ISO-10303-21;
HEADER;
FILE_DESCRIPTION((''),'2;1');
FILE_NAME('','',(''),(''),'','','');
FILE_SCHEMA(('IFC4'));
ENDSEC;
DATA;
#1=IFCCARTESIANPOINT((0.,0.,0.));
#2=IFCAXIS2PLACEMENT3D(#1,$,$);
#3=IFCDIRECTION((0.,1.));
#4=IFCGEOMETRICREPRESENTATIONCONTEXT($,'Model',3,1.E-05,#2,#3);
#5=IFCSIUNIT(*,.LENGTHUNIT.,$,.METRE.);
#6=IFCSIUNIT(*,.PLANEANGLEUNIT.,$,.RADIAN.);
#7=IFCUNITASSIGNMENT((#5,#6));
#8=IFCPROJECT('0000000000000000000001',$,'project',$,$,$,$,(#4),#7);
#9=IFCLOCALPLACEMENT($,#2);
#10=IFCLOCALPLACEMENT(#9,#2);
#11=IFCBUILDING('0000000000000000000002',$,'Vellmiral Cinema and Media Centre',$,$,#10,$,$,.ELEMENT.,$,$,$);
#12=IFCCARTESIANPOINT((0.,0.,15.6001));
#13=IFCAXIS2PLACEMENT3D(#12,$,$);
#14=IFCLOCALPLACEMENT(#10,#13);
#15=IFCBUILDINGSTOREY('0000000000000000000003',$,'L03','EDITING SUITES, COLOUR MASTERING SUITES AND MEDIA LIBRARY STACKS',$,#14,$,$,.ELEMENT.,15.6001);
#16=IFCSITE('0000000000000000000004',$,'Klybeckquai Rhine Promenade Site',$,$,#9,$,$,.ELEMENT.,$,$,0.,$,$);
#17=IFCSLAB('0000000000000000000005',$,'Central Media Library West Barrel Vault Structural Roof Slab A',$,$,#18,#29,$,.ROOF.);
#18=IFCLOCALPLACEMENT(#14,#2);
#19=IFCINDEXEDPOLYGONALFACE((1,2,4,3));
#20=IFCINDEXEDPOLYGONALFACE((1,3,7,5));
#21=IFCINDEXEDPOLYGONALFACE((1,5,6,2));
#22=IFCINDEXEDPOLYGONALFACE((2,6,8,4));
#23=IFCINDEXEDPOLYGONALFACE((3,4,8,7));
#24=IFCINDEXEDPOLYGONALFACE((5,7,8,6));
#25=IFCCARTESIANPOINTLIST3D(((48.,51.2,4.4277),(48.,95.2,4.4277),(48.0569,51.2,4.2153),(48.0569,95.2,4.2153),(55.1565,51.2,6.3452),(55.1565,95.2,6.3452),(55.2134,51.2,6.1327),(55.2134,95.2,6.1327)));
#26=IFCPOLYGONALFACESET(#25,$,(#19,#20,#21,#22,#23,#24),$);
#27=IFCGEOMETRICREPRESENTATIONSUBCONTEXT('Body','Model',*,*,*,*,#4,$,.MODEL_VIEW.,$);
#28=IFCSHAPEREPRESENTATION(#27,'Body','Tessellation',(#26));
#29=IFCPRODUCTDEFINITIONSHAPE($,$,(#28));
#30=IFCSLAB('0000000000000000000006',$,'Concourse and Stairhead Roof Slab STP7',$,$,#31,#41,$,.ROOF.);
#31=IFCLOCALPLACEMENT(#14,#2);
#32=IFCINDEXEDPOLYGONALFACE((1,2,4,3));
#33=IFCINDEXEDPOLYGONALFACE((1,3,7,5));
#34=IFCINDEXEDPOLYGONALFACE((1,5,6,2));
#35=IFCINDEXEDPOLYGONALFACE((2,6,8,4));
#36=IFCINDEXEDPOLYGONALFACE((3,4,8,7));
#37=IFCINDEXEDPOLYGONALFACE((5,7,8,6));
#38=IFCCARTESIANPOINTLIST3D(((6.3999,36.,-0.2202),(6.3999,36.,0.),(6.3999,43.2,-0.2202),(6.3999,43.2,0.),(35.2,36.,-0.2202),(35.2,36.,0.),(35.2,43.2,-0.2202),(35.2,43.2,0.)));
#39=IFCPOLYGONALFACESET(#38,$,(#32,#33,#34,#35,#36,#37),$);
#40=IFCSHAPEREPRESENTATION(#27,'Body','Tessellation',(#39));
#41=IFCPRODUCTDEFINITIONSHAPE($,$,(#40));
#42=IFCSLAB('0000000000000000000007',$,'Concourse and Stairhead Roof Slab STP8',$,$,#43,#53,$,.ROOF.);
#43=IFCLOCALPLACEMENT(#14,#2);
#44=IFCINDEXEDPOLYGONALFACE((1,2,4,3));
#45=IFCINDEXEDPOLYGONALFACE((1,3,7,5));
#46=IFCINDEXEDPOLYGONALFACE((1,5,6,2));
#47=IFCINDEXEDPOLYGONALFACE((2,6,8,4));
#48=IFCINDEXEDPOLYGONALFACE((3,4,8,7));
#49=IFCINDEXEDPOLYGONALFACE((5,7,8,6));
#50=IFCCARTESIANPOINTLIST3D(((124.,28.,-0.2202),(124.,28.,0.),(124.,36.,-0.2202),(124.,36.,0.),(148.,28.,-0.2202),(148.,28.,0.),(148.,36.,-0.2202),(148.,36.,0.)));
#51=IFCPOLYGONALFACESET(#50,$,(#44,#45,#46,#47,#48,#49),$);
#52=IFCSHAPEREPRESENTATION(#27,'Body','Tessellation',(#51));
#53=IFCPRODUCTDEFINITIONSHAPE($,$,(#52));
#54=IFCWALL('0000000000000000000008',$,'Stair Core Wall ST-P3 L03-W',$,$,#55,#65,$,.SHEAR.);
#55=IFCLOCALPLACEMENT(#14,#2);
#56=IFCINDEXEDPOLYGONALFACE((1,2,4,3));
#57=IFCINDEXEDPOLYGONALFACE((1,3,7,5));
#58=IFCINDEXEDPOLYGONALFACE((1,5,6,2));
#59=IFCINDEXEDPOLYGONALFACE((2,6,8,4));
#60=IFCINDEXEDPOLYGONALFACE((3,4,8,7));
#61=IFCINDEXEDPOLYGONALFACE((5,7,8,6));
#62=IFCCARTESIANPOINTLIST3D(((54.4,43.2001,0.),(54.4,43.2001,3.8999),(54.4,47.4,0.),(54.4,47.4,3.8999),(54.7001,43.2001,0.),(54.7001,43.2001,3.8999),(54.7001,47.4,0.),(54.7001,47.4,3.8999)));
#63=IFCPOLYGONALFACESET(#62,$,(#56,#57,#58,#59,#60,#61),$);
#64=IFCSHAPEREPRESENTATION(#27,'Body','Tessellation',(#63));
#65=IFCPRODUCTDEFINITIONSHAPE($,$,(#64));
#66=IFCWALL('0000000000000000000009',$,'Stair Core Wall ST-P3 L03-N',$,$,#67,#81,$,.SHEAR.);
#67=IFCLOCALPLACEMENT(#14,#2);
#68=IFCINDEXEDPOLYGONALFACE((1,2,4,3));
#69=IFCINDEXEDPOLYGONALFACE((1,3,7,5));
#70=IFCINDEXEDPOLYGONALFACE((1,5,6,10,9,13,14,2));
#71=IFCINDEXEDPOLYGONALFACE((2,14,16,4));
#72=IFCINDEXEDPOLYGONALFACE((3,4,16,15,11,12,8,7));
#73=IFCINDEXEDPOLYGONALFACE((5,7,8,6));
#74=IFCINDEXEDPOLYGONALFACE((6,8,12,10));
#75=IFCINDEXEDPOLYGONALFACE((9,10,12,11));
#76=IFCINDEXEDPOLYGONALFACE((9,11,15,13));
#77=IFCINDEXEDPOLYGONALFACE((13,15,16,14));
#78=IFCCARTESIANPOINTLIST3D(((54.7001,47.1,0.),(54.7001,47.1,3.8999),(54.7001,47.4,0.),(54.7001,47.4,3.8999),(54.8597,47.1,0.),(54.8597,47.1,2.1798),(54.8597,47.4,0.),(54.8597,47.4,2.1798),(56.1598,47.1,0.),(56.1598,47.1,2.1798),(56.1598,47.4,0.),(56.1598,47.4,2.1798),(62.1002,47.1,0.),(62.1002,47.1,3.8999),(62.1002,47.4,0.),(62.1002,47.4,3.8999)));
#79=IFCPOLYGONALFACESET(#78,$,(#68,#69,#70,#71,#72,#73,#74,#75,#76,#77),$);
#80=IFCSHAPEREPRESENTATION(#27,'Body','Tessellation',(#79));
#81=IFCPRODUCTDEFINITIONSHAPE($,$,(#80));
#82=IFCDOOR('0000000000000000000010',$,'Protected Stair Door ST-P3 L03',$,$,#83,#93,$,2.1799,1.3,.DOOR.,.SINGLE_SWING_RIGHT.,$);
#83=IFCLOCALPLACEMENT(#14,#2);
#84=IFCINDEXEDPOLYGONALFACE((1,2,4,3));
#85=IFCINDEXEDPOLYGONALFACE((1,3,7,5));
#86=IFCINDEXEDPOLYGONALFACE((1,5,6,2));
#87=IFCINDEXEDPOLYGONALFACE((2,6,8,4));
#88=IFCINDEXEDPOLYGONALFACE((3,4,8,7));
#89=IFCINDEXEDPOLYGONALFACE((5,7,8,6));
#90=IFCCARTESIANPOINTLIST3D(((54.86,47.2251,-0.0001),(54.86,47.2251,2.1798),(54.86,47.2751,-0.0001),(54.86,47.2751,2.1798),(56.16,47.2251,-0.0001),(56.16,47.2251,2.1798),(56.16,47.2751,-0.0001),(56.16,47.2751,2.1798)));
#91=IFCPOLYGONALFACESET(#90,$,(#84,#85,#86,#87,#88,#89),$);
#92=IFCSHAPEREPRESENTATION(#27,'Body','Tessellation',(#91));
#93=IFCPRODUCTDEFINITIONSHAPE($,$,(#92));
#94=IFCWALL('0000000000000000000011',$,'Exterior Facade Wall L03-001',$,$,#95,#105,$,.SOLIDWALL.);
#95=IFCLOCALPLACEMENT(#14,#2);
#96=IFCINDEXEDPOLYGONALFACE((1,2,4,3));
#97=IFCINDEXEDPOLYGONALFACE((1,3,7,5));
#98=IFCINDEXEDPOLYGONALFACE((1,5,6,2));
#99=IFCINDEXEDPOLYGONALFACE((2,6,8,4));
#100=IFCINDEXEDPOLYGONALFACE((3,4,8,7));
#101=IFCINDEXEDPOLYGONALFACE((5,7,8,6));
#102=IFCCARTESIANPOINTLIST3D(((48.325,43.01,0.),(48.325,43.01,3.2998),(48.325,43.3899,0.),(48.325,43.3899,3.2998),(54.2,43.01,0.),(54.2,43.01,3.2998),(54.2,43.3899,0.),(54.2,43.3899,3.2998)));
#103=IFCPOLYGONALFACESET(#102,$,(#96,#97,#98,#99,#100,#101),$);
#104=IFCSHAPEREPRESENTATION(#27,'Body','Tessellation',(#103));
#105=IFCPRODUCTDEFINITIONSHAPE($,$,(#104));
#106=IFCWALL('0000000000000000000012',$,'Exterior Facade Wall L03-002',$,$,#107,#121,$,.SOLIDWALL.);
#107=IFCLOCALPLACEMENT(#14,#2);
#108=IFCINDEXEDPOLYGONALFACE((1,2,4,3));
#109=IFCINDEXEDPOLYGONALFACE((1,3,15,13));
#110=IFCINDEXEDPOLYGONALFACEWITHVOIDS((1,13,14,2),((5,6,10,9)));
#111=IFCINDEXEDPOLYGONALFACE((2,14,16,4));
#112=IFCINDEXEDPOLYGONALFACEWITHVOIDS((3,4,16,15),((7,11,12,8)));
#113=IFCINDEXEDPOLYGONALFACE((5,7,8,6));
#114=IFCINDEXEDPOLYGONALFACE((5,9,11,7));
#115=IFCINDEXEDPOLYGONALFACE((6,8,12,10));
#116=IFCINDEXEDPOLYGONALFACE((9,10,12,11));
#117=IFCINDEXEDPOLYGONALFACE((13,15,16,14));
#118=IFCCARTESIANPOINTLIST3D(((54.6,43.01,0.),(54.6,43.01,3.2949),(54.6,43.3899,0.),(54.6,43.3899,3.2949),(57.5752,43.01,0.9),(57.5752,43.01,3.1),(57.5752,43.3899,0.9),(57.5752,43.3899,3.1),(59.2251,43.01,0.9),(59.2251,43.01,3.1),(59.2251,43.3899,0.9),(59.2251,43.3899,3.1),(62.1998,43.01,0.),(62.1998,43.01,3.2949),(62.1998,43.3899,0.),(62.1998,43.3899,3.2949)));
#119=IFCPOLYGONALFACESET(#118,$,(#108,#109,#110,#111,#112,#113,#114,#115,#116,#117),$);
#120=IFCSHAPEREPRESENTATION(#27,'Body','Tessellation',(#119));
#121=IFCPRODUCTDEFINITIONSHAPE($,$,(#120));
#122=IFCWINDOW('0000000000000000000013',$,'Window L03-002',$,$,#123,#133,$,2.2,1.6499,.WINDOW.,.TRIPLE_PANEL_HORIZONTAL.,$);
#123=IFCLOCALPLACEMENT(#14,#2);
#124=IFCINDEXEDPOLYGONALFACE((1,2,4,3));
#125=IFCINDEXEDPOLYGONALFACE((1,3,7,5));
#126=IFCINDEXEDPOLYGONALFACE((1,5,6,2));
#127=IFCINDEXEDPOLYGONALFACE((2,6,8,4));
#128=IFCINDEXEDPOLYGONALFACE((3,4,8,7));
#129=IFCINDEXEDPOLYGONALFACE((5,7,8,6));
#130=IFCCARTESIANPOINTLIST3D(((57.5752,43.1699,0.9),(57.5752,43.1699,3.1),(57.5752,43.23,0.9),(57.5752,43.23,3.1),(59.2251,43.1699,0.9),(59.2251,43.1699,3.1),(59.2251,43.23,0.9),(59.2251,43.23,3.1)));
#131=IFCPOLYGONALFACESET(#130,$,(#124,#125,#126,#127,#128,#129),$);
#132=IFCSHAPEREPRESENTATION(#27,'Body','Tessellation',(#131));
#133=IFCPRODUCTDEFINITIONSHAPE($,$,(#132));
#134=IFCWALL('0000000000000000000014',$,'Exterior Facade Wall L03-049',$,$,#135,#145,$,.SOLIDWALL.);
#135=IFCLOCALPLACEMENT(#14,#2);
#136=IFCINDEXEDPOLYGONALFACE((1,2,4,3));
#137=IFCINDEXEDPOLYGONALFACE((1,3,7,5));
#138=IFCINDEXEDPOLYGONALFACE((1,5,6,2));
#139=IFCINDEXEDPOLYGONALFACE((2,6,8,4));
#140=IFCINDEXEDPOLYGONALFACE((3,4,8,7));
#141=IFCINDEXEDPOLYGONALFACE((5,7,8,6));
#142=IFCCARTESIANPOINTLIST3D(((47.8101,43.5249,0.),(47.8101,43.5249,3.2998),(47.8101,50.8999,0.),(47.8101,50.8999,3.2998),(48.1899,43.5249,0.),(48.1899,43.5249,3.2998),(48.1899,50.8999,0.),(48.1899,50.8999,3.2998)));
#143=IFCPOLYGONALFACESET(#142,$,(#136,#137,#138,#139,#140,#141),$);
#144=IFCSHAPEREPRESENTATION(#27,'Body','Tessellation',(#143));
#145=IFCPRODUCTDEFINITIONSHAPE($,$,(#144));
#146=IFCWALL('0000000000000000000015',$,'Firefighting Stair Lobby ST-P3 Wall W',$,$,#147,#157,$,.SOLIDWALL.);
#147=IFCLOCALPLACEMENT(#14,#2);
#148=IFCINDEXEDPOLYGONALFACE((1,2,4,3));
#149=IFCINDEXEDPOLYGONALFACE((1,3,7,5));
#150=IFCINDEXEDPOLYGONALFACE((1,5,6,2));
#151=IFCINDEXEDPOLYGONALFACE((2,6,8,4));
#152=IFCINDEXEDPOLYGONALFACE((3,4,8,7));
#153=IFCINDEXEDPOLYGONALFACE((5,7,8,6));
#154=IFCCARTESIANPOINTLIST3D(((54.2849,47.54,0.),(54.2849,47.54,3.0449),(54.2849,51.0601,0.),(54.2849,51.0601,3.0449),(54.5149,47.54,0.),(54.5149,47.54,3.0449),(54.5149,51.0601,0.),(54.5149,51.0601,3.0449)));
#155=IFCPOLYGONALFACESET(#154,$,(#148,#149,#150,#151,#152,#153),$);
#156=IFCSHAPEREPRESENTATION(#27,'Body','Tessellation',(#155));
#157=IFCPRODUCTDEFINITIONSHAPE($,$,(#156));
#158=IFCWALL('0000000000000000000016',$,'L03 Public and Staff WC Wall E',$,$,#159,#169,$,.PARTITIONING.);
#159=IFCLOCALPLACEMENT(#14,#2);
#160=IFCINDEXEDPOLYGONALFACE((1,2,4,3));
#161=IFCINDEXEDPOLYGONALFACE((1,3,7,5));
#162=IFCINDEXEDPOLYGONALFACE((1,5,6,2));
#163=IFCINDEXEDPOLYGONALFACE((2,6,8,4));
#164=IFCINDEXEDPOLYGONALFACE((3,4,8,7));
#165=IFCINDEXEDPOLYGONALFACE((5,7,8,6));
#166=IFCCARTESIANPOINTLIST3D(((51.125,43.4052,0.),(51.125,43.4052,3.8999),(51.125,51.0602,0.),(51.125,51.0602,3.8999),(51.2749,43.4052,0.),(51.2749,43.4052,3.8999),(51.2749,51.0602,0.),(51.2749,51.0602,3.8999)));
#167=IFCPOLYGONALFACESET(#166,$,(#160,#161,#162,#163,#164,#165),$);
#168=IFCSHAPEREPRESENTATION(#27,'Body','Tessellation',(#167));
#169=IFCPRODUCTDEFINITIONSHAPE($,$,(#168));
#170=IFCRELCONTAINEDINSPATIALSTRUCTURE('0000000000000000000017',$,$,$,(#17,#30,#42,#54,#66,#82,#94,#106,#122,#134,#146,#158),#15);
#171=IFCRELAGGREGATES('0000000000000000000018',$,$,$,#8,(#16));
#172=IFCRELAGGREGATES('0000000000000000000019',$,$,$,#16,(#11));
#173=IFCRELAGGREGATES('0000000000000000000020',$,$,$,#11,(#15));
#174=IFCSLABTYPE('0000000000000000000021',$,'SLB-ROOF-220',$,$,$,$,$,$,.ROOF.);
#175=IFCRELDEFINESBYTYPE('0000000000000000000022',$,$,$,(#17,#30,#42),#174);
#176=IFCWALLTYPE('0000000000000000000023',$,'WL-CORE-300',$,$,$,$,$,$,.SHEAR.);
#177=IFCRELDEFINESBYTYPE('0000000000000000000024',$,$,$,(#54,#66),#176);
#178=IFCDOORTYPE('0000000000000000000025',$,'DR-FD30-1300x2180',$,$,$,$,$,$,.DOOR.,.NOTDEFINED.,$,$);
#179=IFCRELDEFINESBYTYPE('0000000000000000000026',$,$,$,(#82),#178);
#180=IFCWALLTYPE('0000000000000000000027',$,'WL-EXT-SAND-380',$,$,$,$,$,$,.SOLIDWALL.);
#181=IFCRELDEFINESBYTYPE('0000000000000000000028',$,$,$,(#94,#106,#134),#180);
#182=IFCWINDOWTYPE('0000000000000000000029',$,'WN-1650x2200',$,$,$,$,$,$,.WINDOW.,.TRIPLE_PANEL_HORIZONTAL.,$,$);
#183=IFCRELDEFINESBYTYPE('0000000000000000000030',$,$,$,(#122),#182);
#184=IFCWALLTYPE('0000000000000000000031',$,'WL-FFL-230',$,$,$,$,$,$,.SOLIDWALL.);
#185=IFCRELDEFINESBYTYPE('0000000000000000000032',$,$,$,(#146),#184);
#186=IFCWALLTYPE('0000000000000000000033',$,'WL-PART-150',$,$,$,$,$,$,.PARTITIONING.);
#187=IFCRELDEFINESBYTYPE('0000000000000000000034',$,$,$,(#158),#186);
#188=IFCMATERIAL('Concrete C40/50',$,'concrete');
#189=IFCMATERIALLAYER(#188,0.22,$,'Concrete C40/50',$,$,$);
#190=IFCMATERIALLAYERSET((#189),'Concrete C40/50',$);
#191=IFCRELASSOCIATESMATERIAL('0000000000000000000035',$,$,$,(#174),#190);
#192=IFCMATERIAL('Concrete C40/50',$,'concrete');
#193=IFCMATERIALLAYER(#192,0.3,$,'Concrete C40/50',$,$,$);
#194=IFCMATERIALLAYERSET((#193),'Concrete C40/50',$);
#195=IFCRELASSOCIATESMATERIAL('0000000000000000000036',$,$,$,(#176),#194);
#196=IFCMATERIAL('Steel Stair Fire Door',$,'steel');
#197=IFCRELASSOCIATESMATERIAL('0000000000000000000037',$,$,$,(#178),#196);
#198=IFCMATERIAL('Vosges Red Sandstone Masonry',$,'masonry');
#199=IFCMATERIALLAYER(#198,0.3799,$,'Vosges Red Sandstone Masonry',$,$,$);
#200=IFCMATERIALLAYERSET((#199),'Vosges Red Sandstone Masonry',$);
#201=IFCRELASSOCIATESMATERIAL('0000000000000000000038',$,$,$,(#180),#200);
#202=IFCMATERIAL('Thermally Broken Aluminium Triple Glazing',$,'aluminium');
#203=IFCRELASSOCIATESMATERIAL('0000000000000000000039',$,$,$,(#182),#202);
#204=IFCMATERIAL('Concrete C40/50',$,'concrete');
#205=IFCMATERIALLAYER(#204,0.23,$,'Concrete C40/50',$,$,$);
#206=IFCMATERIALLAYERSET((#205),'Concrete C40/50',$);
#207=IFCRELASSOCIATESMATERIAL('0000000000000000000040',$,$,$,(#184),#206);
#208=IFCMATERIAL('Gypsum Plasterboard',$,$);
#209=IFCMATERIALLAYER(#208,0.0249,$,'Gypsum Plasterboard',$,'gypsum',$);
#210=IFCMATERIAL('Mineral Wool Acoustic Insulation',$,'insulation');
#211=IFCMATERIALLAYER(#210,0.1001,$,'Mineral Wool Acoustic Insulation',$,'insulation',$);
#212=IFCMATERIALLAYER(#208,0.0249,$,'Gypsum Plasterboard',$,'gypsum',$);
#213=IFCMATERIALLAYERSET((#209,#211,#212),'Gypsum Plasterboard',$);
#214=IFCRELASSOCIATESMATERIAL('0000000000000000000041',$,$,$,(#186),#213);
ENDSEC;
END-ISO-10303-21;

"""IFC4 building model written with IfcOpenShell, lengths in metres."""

from ifc_helpers import new_model, si_unit, direction, frame, frame_2d, origin, place, context, subcontext, project, spatial, polyline, rectangle, outline, extrude, material, layer, layer_set, type_object, element, fill, save


model = new_model("IFC4")

# Units and contexts
model_context = context("Model", 3, precision=1e-05, world=origin(), true_north=direction((0.0, 1.0)))
body_context = subcontext(model_context, "Body", "Model", "MODEL_VIEW")
ifc_project = project(units=[si_unit("LENGTHUNIT", "METRE"), si_unit("PLANEANGLEUNIT", "RADIAN")], contexts=[model_context])

# Site, building, storey
site_placement = place(None, origin())
site = spatial("IfcSite", under=ifc_project, at=site_placement, Name="Klybeckquai Rhine Promenade Site", CompositionType="ELEMENT", RefElevation=0.0)
building_placement = place(site_placement, origin())
building = spatial("IfcBuilding", under=site, at=building_placement, Name="Vellmiral Cinema and Media Centre", CompositionType="ELEMENT")
storey_placement = place(building_placement, frame((0.0, 0.0, 15.6001)))
storey = spatial("IfcBuildingStorey", under=building, at=storey_placement, Name="L03", Description="EDITING SUITES, COLOUR MASTERING SUITES AND MEDIA LIBRARY STACKS", CompositionType="ELEMENT", Elevation=15.6001)

# Shared definitions
ifc_material_1 = material(Name="Concrete C40/50", Category="concrete")
ifc_layer_1 = layer(ifc_material_1, 0.22, Name="Concrete C40/50")
ifc_layer_set_1 = layer_set([ifc_layer_1], Name="Concrete C40/50")
slab_type_1 = type_object("IfcSlabType", Name="SLB-ROOF-220", PredefinedType="ROOF", material=ifc_layer_set_1)

# Slabs
slab_1_placement = place(storey_placement, frame((48.0, 51.2, 4.4277), z_axis=(-0.258807, 0.0, 0.965929), x_axis=(0.965929, 0.0, 0.258807)))
element("IfcSlab", 1, at=slab_1_placement, inside=storey, type_object=slab_type_1, Name="Central Media Library West Barrel Vault Structural Roof Slab A", PredefinedType="ROOF", context=body_context, shape_type="SweptSolid", body=[
    extrude(outline(polyline([(0.0, 0.0), (7.4089, 0.0), (7.4089, 44.0), (0.0, 44.0), (0.0, 0.0)])), origin(), (0.0, 0.0, -1.0), 0.22),
])
slab_2_placement = place(storey_placement, frame((0.0, 0.0, -0.2202)))
element("IfcSlab", 2, at=slab_2_placement, inside=storey, type_object=slab_type_1, Name="Concourse and Stairhead Roof Slab STP7", PredefinedType="ROOF", context=body_context, shape_type="SweptSolid", body=[
    extrude(outline(polyline([(6.3999, 36.0), (35.2, 36.0), (35.2, 43.2), (6.3999, 43.2), (6.3999, 36.0)])), origin(), (0.0, 0.0, 1.0), 0.2202),
])
slab_3_placement = place(storey_placement, frame((0.0, 0.0, -0.2202)))
element("IfcSlab", 3, at=slab_3_placement, inside=storey, type_object=slab_type_1, Name="Concourse and Stairhead Roof Slab STP8", PredefinedType="ROOF", context=body_context, shape_type="SweptSolid", body=[
    extrude(outline(polyline([(124.0, 28.0), (148.0, 28.0), (148.0, 36.0), (124.0, 36.0), (124.0, 28.0)])), origin(), (0.0, 0.0, 1.0), 0.2202),
])

# Wall
ifc_material_2 = material(Name="Concrete C40/50", Category="concrete")
ifc_layer_2 = layer(ifc_material_2, 0.3, Name="Concrete C40/50")
ifc_layer_set_2 = layer_set([ifc_layer_2], Name="Concrete C40/50")
wall_type_1 = type_object("IfcWallType", Name="WL-CORE-300", PredefinedType="SHEAR", material=ifc_layer_set_2)
wall_1_placement = place(storey_placement, frame((54.55, 43.2, 0.0), z_axis=(0.0, 0.0, 1.0), x_axis=(0.0, 1.0, 0.0)))
element("IfcWall", 4, at=wall_1_placement, inside=storey, type_object=wall_type_1, Name="Stair Core Wall ST-P3 L03-W", PredefinedType="SHEAR", context=body_context, shape_type="SweptSolid", body=[
    extrude(rectangle(XDim=4.2, YDim=0.3, at=frame_2d((2.1001, 0.0))), origin(), (0.0, 0.0, 1.0), 3.8999),
])

# Wall, opening, door
wall_2_placement = place(storey_placement, frame((54.7, 47.25, 0.0), z_axis=(0.0, 0.0, 1.0), x_axis=(1.0, 0.0, 0.0)))
wall_2 = element("IfcWall", 5, at=wall_2_placement, inside=storey, type_object=wall_type_1, Name="Stair Core Wall ST-P3 L03-N", PredefinedType="SHEAR", context=body_context, shape_type="SweptSolid", body=[
    extrude(rectangle(XDim=7.4001, YDim=0.3, at=frame_2d((3.7002, 0.0))), origin(), (0.0, 0.0, 1.0), 3.8999),
])
opening_1_placement = place(wall_2_placement, frame((0.1599, 0.0, 0.0)))
opening_1 = element("IfcOpeningElement", 6, at=opening_1_placement, cuts=wall_2, PredefinedType="OPENING", context=body_context, shape_type="SweptSolid", body=[
    extrude(rectangle(XDim=1.3, YDim=2.1799, at=frame_2d((0.6499, 1.0898))), frame((0.0, 0.1621, 0.0), z_axis=(0.0, -1.0, 0.0), x_axis=(1.0, 0.0, 0.0)), (0.0, 0.0, 1.0), 0.324),
])
ifc_material_3 = material(Name="Steel Stair Fire Door", Category="steel")
door_type = type_object("IfcDoorType", Name="DR-FD30-1300x2180", OperationType="NOTDEFINED", PredefinedType="DOOR", material=ifc_material_3)
door_placement = place(opening_1_placement, frame((1.3, 0.0, 0.0), z_axis=(0.0, 0.0, 1.0), x_axis=(-1.0, 0.0, 0.0)))
door = element("IfcDoor", 7, at=door_placement, inside=storey, type_object=door_type, Name="Protected Stair Door ST-P3 L03", OperationType="SINGLE_SWING_RIGHT", OverallHeight=2.1799, OverallWidth=1.3, PredefinedType="DOOR", context=body_context, shape_type="SweptSolid", body=[
    extrude(rectangle(XDim=1.3, YDim=2.1799, at=frame_2d((0.6499, 1.0898))), frame((0.0, 0.0249, 0.0), z_axis=(0.0, -1.0, 0.0), x_axis=(1.0, 0.0, 0.0)), (0.0, 0.0, 1.0), 0.05),
])
fill(opening_1, door)

# Wall
ifc_material_4 = material(Name="Vosges Red Sandstone Masonry", Category="masonry")
ifc_layer_3 = layer(ifc_material_4, 0.3799, Name="Vosges Red Sandstone Masonry")
ifc_layer_set_3 = layer_set([ifc_layer_3], Name="Vosges Red Sandstone Masonry")
wall_type_2 = type_object("IfcWallType", Name="WL-EXT-SAND-380", PredefinedType="SOLIDWALL", material=ifc_layer_set_3)
wall_3_placement = place(storey_placement, frame((48.325, 43.2, 0.0), z_axis=(0.0, 0.0, 1.0), x_axis=(1.0, 0.0, 0.0)))
element("IfcWall", 8, at=wall_3_placement, inside=storey, type_object=wall_type_2, Name="Exterior Facade Wall L03-001", PredefinedType="SOLIDWALL", context=body_context, shape_type="SweptSolid", body=[
    extrude(rectangle(XDim=5.875, YDim=0.3799, at=frame_2d((2.9375, 0.0))), origin(), (0.0, 0.0, 1.0), 3.2998),
])

# Wall, opening, window
wall_4_placement = place(storey_placement, frame((54.6001, 43.2, 0.0), z_axis=(0.0, 0.0, 1.0), x_axis=(1.0, 0.0, 0.0)))
wall_4 = element("IfcWall", 9, at=wall_4_placement, inside=storey, type_object=wall_type_2, Name="Exterior Facade Wall L03-002", PredefinedType="SOLIDWALL", context=body_context, shape_type="SweptSolid", body=[
    extrude(rectangle(XDim=7.5999, YDim=0.3799, at=frame_2d((3.7998, 0.0))), origin(), (0.0, 0.0, 1.0), 3.2949),
])
opening_2_placement = place(wall_4_placement, frame((2.9751, 0.0, 0.8999)))
opening_2 = element("IfcOpeningElement", 10, at=opening_2_placement, cuts=wall_4, PredefinedType="OPENING", context=body_context, shape_type="SweptSolid", body=[
    extrude(rectangle(XDim=1.6499, YDim=2.2, at=frame_2d((0.825, 1.1001))), frame((0.0, 0.2019, 0.0), z_axis=(0.0, -1.0, 0.0), x_axis=(1.0, 0.0, 0.0)), (0.0, 0.0, 1.0), 0.4038),
])
ifc_material_5 = material(Name="Thermally Broken Aluminium Triple Glazing", Category="aluminium")
window_type_1 = type_object("IfcWindowType", Name="WN-1650x2200", PartitioningType="TRIPLE_PANEL_HORIZONTAL", PredefinedType="WINDOW", material=ifc_material_5)
window_1_placement = place(opening_2_placement, origin())
window_1 = element("IfcWindow", 11, at=window_1_placement, inside=storey, type_object=window_type_1, Name="Window L03-002", OverallHeight=2.2, OverallWidth=1.6499, PartitioningType="TRIPLE_PANEL_HORIZONTAL", PredefinedType="WINDOW", context=body_context, shape_type="SweptSolid", body=[
    extrude(rectangle(XDim=1.6499, YDim=2.2, at=frame_2d((0.825, 1.1001))), frame((0.0, 0.03, 0.0), z_axis=(0.0, -1.0, 0.0), x_axis=(1.0, 0.0, 0.0)), (0.0, 0.0, 1.0), 0.0601),
])
fill(opening_2, window_1)

# Walls
wall_5_placement = place(storey_placement, frame((48.0, 50.8999, 0.0), z_axis=(0.0, 0.0, 1.0), x_axis=(0.0, -1.0, 0.0)))
element("IfcWall", 12, at=wall_5_placement, inside=storey, type_object=wall_type_2, Name="Exterior Facade Wall L03-049", PredefinedType="SOLIDWALL", context=body_context, shape_type="SweptSolid", body=[
    extrude(rectangle(XDim=7.375, YDim=0.3799, at=frame_2d((3.6875, 0.0))), origin(), (0.0, 0.0, 1.0), 3.2998),
])
ifc_material_6 = material(Name="Concrete C40/50", Category="concrete")
ifc_layer_4 = layer(ifc_material_6, 0.23, Name="Concrete C40/50")
ifc_layer_set_4 = layer_set([ifc_layer_4], Name="Concrete C40/50")
wall_type_3 = type_object("IfcWallType", Name="WL-FFL-230", PredefinedType="SOLIDWALL", material=ifc_layer_set_4)
wall_6_placement = place(storey_placement, frame((54.3999, 47.54, 0.0), z_axis=(0.0, 0.0, 1.0), x_axis=(0.0, 1.0, 0.0)))
element("IfcWall", 13, at=wall_6_placement, inside=storey, type_object=wall_type_3, Name="Firefighting Stair Lobby ST-P3 Wall W", PredefinedType="SOLIDWALL", context=body_context, shape_type="SweptSolid", body=[
    extrude(rectangle(XDim=3.52, YDim=0.23, at=frame_2d((1.76, 0.0))), origin(), (0.0, 0.0, 1.0), 3.0449),
])
ifc_material_7 = material(Name="Gypsum Plasterboard")
ifc_layer_5 = layer(ifc_material_7, 0.0249, Name="Gypsum Plasterboard", Category="gypsum")
ifc_material_8 = material(Name="Mineral Wool Acoustic Insulation", Category="insulation")
ifc_layer_6 = layer(ifc_material_8, 0.1001, Name="Mineral Wool Acoustic Insulation", Category="insulation")
ifc_layer_7 = layer(ifc_material_7, 0.0249, Name="Gypsum Plasterboard", Category="gypsum")
ifc_layer_set_5 = layer_set([ifc_layer_5, ifc_layer_6, ifc_layer_7], Name="Gypsum Plasterboard")
wall_type_4 = type_object("IfcWallType", Name="WL-PART-150", PredefinedType="PARTITIONING", material=ifc_layer_set_5)
wall_7_placement = place(storey_placement, frame((51.2, 43.405, 0.0), z_axis=(0.0, 0.0, 1.0), x_axis=(0.0, 1.0, 0.0)))
element("IfcWall", 14, at=wall_7_placement, inside=storey, type_object=wall_type_4, Name="L03 Public and Staff WC Wall E", PredefinedType="PARTITIONING", context=body_context, shape_type="SweptSolid", body=[
    extrude(rectangle(XDim=7.655, YDim=0.1499, at=frame_2d((3.8276, 0.0))), origin(), (0.0, 0.0, 1.0), 3.8999),
])

save(model, "model.ifc")
